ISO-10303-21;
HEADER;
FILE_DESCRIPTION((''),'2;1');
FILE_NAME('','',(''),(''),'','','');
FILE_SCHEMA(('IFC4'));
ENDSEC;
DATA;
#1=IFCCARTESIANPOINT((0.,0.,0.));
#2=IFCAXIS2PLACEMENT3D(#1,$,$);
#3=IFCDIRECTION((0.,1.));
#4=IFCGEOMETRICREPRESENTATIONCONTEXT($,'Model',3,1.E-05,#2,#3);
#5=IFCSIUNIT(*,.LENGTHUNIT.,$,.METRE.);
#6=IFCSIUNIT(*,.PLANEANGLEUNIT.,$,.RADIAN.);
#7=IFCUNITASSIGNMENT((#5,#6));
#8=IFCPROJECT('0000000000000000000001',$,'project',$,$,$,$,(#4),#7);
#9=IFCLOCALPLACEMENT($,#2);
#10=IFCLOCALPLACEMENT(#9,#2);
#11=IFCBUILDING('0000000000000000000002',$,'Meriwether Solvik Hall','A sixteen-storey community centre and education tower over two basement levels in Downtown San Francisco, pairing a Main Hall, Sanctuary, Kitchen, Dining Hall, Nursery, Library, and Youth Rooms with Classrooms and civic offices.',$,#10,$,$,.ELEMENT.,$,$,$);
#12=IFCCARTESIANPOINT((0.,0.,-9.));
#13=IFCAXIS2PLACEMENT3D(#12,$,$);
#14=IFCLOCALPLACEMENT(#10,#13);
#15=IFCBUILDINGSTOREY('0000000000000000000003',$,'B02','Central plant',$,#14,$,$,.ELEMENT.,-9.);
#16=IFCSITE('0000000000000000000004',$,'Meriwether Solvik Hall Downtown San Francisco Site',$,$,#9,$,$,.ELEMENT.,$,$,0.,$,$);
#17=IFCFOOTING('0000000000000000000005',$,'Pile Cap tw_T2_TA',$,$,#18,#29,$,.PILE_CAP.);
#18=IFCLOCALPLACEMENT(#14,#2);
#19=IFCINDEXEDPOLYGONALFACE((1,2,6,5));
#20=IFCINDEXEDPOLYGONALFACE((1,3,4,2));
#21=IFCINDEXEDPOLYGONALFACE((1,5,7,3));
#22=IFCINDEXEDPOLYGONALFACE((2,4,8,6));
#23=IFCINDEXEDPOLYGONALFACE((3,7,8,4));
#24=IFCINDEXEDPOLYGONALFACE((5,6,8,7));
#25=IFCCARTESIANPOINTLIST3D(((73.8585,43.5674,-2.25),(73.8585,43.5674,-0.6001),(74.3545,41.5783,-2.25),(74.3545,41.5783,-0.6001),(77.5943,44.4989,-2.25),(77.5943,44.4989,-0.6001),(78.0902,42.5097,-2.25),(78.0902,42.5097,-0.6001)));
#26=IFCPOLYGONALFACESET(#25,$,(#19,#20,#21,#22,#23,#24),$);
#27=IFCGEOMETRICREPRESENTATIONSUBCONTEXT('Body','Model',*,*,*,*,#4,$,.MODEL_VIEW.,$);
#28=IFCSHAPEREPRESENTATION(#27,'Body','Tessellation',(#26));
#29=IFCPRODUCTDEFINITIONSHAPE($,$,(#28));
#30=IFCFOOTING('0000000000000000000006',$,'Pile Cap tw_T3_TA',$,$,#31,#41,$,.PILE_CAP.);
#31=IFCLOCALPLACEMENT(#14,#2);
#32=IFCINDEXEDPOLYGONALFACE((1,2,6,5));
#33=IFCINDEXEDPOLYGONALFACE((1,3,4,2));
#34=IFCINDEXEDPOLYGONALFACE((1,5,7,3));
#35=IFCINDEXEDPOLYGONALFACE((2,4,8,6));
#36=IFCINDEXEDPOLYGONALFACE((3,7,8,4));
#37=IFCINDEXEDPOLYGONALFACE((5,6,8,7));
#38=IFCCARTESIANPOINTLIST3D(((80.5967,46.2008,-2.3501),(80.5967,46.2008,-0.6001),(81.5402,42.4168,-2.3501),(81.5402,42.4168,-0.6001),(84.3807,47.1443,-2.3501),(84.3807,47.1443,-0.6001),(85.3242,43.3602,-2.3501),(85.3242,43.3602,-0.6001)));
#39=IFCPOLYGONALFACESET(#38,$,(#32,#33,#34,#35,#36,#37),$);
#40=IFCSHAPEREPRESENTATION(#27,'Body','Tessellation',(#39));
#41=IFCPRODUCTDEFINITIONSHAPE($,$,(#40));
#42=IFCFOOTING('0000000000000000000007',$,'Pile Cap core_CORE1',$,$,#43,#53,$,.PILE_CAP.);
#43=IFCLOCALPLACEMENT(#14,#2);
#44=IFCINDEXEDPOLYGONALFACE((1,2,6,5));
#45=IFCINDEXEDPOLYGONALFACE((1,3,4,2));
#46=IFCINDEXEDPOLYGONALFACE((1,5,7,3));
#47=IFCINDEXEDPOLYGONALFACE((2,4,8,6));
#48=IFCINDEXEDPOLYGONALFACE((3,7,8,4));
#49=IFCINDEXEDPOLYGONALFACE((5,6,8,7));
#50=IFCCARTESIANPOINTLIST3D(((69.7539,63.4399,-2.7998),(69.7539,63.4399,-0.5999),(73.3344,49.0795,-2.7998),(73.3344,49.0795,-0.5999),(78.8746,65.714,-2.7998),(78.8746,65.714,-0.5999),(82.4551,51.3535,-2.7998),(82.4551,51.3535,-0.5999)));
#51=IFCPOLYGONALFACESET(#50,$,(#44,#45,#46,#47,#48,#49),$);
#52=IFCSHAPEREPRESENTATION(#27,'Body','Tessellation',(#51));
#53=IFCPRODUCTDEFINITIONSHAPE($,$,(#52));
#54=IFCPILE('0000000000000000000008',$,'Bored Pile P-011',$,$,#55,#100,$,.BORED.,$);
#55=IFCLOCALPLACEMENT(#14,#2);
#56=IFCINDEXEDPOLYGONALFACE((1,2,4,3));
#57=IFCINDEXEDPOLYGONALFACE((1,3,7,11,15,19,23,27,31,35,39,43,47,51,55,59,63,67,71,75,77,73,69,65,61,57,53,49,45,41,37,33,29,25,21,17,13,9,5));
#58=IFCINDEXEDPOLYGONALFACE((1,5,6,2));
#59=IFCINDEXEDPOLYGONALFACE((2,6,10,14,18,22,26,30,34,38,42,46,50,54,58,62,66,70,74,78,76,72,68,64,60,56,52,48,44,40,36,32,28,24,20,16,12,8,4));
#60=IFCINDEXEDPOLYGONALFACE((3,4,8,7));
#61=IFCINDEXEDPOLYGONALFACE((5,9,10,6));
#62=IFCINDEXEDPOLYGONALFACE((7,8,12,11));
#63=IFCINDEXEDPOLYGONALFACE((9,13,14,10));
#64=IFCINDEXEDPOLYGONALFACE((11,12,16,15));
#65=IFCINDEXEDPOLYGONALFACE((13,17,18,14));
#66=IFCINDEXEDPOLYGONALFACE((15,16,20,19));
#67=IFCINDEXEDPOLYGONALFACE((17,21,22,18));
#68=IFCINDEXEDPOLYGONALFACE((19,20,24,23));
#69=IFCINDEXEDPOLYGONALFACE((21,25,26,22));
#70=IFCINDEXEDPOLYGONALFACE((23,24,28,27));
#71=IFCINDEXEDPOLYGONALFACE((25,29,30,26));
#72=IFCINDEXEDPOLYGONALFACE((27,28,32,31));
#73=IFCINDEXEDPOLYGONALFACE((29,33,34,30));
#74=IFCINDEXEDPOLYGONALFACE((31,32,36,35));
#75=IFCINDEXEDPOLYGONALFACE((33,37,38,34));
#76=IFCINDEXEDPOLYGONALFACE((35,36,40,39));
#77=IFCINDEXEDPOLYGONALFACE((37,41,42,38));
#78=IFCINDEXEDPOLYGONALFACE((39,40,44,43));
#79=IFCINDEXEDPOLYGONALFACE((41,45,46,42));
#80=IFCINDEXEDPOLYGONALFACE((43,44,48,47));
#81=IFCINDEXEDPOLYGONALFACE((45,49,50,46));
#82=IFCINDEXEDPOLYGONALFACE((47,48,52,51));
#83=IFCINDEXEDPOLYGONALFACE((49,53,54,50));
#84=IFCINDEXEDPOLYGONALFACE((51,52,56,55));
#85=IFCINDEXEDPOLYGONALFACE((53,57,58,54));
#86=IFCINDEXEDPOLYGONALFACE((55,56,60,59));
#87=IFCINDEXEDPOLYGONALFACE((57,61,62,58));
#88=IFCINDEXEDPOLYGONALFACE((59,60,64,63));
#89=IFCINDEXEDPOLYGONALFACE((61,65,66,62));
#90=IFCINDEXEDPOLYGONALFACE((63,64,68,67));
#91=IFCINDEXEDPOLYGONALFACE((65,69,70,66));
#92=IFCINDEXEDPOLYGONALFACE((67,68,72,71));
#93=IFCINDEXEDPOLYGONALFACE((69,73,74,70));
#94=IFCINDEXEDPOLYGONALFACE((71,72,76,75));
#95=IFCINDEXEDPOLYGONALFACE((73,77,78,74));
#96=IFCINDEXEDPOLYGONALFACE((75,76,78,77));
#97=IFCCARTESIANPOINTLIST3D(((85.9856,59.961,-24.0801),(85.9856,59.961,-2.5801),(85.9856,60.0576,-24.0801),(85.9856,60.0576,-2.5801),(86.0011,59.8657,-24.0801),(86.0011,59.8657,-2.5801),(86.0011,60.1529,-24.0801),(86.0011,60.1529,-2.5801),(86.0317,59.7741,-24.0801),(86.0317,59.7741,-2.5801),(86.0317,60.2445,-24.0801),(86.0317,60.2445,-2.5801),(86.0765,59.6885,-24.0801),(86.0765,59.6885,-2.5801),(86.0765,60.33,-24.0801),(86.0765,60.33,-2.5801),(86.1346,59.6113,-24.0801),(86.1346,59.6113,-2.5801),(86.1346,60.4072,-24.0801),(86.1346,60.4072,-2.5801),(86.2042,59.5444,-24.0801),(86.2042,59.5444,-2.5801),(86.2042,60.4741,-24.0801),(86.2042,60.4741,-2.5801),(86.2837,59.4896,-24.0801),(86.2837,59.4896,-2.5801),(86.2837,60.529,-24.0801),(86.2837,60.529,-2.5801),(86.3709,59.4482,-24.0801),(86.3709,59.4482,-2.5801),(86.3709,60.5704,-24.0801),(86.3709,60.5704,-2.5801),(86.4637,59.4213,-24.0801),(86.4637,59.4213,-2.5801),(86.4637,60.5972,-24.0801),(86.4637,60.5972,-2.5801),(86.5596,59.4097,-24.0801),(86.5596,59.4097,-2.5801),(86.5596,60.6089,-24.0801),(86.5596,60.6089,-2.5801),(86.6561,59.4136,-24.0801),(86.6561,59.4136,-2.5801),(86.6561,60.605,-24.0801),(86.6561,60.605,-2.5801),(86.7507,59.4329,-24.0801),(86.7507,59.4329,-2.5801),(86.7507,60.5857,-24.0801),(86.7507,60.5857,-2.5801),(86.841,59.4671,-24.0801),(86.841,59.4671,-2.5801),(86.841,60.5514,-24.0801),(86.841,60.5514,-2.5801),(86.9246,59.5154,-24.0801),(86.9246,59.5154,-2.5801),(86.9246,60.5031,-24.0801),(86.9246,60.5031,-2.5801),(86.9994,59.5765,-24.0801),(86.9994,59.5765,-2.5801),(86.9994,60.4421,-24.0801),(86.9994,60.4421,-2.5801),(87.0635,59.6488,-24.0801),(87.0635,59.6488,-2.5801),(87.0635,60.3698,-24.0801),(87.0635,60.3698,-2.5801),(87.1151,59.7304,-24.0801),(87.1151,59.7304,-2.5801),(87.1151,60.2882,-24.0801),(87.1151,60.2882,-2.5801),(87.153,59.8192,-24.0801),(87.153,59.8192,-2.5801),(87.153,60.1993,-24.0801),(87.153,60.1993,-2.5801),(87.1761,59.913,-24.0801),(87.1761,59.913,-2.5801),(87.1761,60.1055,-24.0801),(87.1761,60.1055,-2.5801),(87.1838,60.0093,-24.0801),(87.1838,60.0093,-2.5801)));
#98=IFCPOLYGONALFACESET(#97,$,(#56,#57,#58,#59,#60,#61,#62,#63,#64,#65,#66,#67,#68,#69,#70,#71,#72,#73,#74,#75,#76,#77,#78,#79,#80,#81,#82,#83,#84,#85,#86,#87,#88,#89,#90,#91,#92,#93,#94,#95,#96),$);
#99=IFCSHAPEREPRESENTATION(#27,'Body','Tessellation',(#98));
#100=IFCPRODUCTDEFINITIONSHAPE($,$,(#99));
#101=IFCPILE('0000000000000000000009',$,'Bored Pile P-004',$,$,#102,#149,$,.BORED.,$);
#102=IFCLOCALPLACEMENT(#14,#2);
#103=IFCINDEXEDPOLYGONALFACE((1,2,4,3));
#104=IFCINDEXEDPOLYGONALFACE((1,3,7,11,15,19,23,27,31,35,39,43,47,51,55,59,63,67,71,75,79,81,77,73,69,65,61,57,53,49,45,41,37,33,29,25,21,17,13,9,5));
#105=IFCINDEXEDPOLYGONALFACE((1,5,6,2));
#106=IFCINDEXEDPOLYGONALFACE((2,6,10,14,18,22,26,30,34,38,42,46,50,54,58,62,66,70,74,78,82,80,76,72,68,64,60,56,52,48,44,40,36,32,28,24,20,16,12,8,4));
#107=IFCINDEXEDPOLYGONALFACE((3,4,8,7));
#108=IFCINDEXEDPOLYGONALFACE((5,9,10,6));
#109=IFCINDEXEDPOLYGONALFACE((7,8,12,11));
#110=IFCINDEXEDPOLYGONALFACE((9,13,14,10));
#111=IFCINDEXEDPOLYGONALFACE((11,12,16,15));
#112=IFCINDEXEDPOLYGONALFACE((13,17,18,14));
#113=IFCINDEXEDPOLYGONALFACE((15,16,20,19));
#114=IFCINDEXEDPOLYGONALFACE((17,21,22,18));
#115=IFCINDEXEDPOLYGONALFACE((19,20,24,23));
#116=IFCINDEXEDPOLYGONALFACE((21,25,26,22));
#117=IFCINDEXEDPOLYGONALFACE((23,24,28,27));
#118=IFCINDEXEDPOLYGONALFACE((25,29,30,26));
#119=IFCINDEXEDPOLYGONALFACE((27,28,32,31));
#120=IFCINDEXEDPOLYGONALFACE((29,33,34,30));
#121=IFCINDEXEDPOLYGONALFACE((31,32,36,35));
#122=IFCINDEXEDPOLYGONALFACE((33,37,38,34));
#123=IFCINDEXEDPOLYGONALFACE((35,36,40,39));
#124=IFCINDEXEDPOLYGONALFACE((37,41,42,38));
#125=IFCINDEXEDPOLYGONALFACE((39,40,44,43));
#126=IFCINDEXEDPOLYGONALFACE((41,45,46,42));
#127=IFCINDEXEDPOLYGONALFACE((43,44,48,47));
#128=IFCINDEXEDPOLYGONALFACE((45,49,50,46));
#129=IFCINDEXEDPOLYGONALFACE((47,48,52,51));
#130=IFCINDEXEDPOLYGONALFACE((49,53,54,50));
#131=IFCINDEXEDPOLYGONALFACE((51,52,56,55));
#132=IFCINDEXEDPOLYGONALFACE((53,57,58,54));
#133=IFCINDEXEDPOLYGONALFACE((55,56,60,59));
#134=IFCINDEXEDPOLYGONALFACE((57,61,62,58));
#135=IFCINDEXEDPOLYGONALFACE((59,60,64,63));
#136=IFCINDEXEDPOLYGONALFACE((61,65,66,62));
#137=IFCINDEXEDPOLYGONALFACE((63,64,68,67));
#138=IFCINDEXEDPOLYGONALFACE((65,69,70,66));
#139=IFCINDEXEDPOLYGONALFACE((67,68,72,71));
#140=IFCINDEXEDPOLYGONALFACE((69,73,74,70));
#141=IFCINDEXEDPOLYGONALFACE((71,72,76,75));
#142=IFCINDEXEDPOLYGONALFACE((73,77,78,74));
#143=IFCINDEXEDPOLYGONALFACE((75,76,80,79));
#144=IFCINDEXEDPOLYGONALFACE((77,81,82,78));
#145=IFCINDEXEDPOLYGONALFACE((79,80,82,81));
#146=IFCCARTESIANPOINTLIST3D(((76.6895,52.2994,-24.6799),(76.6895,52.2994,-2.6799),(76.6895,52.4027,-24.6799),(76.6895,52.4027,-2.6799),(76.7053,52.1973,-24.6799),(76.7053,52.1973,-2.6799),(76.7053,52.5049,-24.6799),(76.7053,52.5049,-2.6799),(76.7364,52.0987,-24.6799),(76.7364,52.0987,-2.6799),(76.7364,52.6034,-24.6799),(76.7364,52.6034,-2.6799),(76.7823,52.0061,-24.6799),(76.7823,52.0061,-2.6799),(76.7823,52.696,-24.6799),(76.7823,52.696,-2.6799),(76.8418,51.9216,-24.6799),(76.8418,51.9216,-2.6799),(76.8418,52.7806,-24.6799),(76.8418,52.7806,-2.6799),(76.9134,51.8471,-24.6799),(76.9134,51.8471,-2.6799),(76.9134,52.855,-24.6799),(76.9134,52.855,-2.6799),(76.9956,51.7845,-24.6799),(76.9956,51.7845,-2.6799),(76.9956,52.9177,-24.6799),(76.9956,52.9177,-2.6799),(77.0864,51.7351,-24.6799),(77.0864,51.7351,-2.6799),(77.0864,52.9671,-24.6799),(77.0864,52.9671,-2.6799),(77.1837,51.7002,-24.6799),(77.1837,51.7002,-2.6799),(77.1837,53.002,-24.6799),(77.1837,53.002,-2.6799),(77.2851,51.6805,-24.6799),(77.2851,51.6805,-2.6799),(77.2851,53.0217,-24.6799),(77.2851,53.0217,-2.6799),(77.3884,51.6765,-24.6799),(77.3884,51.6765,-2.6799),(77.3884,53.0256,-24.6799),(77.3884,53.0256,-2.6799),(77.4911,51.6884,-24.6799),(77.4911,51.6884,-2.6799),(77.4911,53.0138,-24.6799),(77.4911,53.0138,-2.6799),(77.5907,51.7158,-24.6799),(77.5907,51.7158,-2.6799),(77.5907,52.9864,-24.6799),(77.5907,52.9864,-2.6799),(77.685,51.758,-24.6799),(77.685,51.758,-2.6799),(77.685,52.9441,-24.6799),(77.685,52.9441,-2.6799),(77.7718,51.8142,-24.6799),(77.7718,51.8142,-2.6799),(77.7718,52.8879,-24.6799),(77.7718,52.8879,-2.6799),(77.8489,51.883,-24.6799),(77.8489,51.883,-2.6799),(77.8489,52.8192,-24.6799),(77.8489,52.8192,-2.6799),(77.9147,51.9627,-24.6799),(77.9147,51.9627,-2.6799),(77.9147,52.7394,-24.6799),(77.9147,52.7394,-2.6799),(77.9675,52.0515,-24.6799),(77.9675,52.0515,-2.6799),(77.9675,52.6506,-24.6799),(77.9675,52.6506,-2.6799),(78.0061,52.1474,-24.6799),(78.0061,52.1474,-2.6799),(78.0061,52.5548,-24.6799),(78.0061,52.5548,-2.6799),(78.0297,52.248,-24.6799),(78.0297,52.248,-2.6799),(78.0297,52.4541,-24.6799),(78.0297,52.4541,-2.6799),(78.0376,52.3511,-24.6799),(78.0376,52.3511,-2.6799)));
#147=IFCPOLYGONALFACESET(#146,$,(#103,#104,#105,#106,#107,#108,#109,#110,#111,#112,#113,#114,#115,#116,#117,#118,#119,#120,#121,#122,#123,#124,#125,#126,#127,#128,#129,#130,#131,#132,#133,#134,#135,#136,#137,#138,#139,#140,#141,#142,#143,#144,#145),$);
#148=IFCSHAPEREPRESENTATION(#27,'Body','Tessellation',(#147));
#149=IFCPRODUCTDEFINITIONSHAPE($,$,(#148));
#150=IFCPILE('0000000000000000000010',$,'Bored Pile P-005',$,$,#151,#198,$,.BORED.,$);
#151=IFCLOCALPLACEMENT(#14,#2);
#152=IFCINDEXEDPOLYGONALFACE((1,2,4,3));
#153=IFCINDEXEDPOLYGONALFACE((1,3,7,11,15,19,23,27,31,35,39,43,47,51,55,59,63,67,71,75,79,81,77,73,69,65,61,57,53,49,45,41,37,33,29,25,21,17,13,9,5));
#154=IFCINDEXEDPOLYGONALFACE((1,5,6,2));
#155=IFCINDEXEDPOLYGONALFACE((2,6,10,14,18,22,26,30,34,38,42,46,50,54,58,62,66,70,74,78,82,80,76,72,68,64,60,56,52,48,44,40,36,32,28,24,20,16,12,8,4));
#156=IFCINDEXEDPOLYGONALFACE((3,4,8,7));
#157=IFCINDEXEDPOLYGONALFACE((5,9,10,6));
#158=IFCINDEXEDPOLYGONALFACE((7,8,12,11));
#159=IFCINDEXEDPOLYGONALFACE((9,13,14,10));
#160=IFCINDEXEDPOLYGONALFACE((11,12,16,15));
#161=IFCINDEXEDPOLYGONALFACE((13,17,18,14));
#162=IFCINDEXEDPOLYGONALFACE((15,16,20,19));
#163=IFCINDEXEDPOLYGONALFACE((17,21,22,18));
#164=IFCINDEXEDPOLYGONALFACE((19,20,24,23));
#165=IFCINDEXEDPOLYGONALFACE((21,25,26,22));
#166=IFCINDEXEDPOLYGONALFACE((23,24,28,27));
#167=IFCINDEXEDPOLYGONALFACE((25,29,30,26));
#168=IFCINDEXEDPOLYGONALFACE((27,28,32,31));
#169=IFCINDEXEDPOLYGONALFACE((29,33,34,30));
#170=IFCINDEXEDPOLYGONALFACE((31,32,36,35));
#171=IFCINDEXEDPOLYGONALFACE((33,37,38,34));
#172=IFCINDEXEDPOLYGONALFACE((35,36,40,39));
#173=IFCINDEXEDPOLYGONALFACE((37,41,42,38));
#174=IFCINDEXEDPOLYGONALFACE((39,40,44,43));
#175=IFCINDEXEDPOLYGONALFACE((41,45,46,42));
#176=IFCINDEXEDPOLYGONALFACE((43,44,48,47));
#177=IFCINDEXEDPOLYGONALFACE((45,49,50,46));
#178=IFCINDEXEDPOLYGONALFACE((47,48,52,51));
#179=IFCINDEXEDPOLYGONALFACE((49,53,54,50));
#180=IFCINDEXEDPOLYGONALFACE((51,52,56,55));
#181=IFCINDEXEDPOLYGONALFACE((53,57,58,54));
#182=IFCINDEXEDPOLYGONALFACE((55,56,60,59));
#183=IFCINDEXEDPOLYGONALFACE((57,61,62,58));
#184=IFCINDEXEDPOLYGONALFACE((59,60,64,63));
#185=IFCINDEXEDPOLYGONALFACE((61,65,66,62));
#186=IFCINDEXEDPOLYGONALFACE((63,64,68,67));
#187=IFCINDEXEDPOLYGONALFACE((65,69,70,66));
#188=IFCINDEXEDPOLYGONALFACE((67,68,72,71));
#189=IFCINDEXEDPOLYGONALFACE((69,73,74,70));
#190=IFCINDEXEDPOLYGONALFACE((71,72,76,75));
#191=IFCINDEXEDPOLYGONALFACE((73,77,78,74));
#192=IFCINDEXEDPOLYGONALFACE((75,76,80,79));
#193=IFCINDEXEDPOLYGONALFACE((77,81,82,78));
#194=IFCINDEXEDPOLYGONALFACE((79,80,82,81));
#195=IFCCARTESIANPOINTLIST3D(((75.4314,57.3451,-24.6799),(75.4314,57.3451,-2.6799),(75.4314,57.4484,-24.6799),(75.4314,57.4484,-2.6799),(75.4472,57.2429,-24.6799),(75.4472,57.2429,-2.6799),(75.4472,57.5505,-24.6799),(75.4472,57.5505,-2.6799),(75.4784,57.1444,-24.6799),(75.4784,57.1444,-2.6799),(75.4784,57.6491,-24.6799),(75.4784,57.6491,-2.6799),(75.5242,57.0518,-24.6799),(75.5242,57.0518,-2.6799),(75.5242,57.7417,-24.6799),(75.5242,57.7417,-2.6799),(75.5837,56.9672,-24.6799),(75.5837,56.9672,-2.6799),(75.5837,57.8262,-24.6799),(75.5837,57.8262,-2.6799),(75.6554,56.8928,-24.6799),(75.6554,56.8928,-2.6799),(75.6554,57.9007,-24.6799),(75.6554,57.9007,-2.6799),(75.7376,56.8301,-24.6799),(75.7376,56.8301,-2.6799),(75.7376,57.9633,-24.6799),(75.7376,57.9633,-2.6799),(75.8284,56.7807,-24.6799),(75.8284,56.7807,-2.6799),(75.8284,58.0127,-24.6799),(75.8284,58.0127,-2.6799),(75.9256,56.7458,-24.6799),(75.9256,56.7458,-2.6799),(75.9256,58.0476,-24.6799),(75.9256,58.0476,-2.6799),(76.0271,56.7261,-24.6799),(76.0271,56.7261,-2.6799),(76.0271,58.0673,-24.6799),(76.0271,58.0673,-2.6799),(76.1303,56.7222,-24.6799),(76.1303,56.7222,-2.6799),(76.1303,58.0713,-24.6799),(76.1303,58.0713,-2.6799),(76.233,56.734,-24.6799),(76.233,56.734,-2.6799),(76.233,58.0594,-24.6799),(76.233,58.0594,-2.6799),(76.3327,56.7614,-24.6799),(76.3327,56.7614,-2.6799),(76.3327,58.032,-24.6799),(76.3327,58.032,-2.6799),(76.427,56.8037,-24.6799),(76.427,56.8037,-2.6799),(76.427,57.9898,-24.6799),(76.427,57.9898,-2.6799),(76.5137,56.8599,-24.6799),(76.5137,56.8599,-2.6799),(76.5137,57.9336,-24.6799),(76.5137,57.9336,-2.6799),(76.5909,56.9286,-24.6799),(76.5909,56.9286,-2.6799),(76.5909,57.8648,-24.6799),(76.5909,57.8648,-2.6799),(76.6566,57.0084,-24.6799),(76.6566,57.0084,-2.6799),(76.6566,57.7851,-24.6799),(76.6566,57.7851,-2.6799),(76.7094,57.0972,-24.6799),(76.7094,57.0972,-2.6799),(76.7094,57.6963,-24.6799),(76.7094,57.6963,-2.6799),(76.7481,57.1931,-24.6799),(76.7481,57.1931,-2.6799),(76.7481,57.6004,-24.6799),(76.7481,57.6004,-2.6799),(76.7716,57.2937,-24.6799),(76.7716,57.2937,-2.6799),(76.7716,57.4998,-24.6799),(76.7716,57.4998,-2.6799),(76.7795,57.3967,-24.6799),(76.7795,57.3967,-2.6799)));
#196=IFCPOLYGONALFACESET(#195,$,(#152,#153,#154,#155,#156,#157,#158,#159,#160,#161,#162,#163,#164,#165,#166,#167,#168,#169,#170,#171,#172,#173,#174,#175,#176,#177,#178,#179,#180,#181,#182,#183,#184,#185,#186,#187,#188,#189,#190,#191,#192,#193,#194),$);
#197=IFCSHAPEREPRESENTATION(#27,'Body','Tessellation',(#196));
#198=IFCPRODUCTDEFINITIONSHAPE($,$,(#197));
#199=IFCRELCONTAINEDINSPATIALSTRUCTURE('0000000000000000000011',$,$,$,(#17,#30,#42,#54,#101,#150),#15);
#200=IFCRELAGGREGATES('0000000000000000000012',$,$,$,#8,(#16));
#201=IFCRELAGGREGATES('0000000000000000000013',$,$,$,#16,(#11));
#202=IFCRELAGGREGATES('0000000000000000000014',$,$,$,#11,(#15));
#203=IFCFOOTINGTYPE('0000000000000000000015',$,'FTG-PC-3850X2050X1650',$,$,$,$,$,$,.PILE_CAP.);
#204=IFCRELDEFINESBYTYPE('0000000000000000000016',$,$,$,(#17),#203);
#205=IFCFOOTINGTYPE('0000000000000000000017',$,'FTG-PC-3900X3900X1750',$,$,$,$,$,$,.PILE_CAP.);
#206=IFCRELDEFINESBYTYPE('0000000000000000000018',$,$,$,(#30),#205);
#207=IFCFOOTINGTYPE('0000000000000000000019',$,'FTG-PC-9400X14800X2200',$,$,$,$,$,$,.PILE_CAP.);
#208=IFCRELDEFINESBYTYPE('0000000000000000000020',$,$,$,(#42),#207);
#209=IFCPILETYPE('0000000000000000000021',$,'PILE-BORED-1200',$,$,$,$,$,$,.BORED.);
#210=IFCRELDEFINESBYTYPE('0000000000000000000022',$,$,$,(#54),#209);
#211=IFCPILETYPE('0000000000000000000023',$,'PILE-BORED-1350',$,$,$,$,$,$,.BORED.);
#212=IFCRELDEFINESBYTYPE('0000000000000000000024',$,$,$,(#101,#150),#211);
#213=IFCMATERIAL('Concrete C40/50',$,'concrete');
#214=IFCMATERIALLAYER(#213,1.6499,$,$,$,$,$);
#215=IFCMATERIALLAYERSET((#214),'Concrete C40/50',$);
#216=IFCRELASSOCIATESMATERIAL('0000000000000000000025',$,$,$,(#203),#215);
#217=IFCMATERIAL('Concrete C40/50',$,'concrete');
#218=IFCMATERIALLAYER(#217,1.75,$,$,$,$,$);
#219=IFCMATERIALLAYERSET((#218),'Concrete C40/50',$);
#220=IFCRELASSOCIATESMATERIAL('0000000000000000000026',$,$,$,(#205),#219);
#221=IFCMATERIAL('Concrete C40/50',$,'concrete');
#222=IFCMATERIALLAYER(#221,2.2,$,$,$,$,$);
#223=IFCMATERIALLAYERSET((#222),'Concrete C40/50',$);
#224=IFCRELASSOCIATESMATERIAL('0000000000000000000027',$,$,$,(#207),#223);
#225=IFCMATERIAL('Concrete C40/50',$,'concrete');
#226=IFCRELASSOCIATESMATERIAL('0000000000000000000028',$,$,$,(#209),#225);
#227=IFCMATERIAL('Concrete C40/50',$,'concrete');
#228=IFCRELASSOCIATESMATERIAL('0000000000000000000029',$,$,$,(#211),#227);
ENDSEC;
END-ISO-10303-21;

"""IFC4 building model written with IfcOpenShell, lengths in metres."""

from ifc_helpers import new_model, si_unit, direction, frame, origin, origin_2d, place, context, subcontext, project, spatial, rectangle, circle, extrude, material, layer, layer_set, material_profile, profile_set, type_object, element, save


model = new_model("IFC4")

# Units and contexts
model_context = context("Model", 3, precision=1e-05, world=origin(), true_north=direction((0.0, 1.0)))
body_context = subcontext(model_context, "Body", "Model", "MODEL_VIEW")
ifc_project = project(units=[si_unit("LENGTHUNIT", "METRE"), si_unit("PLANEANGLEUNIT", "RADIAN")], contexts=[model_context])

# Site, building, storey
site_placement = place(None, origin())
site = spatial("IfcSite", under=ifc_project, at=site_placement, Name="Meriwether Solvik Hall Downtown San Francisco Site", CompositionType="ELEMENT", RefElevation=0.0)
building_placement = place(site_placement, origin())
building = spatial("IfcBuilding", under=site, at=building_placement, Name="Meriwether Solvik Hall", Description="A sixteen-storey community centre and education tower over two basement levels in Downtown San Francisco, pairing a Main Hall, Sanctuary, Kitchen, Dining Hall, Nursery, Library, and Youth Rooms with Classrooms and civic offices.", CompositionType="ELEMENT")
storey_placement = place(building_placement, frame((0.0, 0.0, -9.0)))
storey = spatial("IfcBuildingStorey", under=building, at=storey_placement, Name="B02", Description="Central plant", CompositionType="ELEMENT", Elevation=-9.0)

# Footings
ifc_material_1 = material(Name="Concrete C40/50", Category="concrete")
ifc_layer_1 = layer(ifc_material_1, 1.6499)
ifc_layer_set_1 = layer_set([ifc_layer_1], Name="Concrete C40/50")
footing_type_1 = type_object("IfcFootingType", Name="FTG-PC-3850X2050X1650", PredefinedType="PILE_CAP", material=ifc_layer_set_1)
footing_1_placement = place(storey_placement, frame((75.9744, 43.0386, -2.25), z_axis=(0.0, 0.0, 1.0), x_axis=(0.970296, 0.241922, 0.0)))
element("IfcFooting", 1, at=footing_1_placement, inside=storey, type_object=footing_type_1, Name="Pile Cap tw_T2_TA", PredefinedType="PILE_CAP", context=body_context, shape_type="SweptSolid", body=[
    extrude(rectangle(XDim=3.8501, YDim=2.05, at=origin_2d()), origin(), (0.0, 0.0, 1.0), 1.6499),
])
ifc_material_2 = material(Name="Concrete C40/50", Category="concrete")
ifc_layer_2 = layer(ifc_material_2, 1.75)
ifc_layer_set_2 = layer_set([ifc_layer_2], Name="Concrete C40/50")
footing_type_2 = type_object("IfcFootingType", Name="FTG-PC-3900X3900X1750", PredefinedType="PILE_CAP", material=ifc_layer_set_2)
footing_2_placement = place(storey_placement, frame((82.9604, 44.7805, -2.3501), z_axis=(0.0, 0.0, 1.0), x_axis=(0.970296, 0.241922, 0.0)))
element("IfcFooting", 2, at=footing_2_placement, inside=storey, type_object=footing_type_2, Name="Pile Cap tw_T3_TA", PredefinedType="PILE_CAP", context=body_context, shape_type="SweptSolid", body=[
    extrude(rectangle(XDim=3.8999, YDim=3.8999, at=origin_2d()), origin(), (0.0, 0.0, 1.0), 1.75),
])
ifc_material_3 = material(Name="Concrete C40/50", Category="concrete")
ifc_layer_3 = layer(ifc_material_3, 2.2)
ifc_layer_set_3 = layer_set([ifc_layer_3], Name="Concrete C40/50")
footing_type_3 = type_object("IfcFootingType", Name="FTG-PC-9400X14800X2200", PredefinedType="PILE_CAP", material=ifc_layer_set_3)
footing_3_placement = place(storey_placement, frame((76.1045, 57.3967, -2.7998), z_axis=(0.0, 0.0, 1.0), x_axis=(0.970296, 0.241922, 0.0)))
element("IfcFooting", 3, at=footing_3_placement, inside=storey, type_object=footing_type_3, Name="Pile Cap core_CORE1", PredefinedType="PILE_CAP", context=body_context, shape_type="SweptSolid", body=[
    extrude(rectangle(XDim=9.3999, YDim=14.8, at=origin_2d()), origin(), (0.0, 0.0, 1.0), 2.2),
])

# Piles
ifc_material_4 = material(Name="Concrete C40/50", Category="concrete")
ifc_material_profile_1 = material_profile(ifc_material_4, circle(Radius=0.6001, at=origin_2d()), Name="PILE-D1200")
ifc_profile_set_1 = profile_set([ifc_material_profile_1], Name="Concrete C40/50")
pile_type_1 = type_object("IfcPileType", Name="PILE-BORED-1200", PredefinedType="BORED", material=ifc_profile_set_1)
pile_1_placement = place(storey_placement, frame((86.5837, 60.0093, -2.5801), z_axis=(0.0, 0.0, -1.0), x_axis=(1.0, 0.0, 0.0)))
element("IfcPile", 4, at=pile_1_placement, inside=storey, type_object=pile_type_1, Name="Bored Pile P-011", PredefinedType="BORED", context=body_context, shape_type="SweptSolid", body=[
    extrude(circle(Radius=0.6001, at=origin_2d()), origin(), (0.0, 0.0, 1.0), 21.5),
])
ifc_material_5 = material(Name="Concrete C40/50", Category="concrete")
ifc_material_profile_2 = material_profile(ifc_material_5, circle(Radius=0.675, at=origin_2d()), Name="PILE-D1350")
ifc_profile_set_2 = profile_set([ifc_material_profile_2], Name="Concrete C40/50")
pile_type_2 = type_object("IfcPileType", Name="PILE-BORED-1350", PredefinedType="BORED", material=ifc_profile_set_2)
for number, where, z_axis, x_axis, name in (
    (5, (77.3625, 52.3511, -2.6799), (0.0, 0.0, -1.0), (1.0, 0.0, 0.0), "Bored Pile P-004"),
    (6, (76.1045, 57.3967, -2.6799), (0.0, 0.0, -1.0), (1.0, 0.0, 0.0), "Bored Pile P-005"),
):
    element("IfcPile", number, at=place(storey_placement, frame(where, z_axis=z_axis, x_axis=x_axis)), inside=storey, type_object=pile_type_2, Name=name, PredefinedType="BORED", context=body_context, shape_type="SweptSolid", body=[
        extrude(circle(Radius=0.675, at=origin_2d()), origin(), (0.0, 0.0, 1.0), 22.0),
    ])

save(model, "model.ifc")
